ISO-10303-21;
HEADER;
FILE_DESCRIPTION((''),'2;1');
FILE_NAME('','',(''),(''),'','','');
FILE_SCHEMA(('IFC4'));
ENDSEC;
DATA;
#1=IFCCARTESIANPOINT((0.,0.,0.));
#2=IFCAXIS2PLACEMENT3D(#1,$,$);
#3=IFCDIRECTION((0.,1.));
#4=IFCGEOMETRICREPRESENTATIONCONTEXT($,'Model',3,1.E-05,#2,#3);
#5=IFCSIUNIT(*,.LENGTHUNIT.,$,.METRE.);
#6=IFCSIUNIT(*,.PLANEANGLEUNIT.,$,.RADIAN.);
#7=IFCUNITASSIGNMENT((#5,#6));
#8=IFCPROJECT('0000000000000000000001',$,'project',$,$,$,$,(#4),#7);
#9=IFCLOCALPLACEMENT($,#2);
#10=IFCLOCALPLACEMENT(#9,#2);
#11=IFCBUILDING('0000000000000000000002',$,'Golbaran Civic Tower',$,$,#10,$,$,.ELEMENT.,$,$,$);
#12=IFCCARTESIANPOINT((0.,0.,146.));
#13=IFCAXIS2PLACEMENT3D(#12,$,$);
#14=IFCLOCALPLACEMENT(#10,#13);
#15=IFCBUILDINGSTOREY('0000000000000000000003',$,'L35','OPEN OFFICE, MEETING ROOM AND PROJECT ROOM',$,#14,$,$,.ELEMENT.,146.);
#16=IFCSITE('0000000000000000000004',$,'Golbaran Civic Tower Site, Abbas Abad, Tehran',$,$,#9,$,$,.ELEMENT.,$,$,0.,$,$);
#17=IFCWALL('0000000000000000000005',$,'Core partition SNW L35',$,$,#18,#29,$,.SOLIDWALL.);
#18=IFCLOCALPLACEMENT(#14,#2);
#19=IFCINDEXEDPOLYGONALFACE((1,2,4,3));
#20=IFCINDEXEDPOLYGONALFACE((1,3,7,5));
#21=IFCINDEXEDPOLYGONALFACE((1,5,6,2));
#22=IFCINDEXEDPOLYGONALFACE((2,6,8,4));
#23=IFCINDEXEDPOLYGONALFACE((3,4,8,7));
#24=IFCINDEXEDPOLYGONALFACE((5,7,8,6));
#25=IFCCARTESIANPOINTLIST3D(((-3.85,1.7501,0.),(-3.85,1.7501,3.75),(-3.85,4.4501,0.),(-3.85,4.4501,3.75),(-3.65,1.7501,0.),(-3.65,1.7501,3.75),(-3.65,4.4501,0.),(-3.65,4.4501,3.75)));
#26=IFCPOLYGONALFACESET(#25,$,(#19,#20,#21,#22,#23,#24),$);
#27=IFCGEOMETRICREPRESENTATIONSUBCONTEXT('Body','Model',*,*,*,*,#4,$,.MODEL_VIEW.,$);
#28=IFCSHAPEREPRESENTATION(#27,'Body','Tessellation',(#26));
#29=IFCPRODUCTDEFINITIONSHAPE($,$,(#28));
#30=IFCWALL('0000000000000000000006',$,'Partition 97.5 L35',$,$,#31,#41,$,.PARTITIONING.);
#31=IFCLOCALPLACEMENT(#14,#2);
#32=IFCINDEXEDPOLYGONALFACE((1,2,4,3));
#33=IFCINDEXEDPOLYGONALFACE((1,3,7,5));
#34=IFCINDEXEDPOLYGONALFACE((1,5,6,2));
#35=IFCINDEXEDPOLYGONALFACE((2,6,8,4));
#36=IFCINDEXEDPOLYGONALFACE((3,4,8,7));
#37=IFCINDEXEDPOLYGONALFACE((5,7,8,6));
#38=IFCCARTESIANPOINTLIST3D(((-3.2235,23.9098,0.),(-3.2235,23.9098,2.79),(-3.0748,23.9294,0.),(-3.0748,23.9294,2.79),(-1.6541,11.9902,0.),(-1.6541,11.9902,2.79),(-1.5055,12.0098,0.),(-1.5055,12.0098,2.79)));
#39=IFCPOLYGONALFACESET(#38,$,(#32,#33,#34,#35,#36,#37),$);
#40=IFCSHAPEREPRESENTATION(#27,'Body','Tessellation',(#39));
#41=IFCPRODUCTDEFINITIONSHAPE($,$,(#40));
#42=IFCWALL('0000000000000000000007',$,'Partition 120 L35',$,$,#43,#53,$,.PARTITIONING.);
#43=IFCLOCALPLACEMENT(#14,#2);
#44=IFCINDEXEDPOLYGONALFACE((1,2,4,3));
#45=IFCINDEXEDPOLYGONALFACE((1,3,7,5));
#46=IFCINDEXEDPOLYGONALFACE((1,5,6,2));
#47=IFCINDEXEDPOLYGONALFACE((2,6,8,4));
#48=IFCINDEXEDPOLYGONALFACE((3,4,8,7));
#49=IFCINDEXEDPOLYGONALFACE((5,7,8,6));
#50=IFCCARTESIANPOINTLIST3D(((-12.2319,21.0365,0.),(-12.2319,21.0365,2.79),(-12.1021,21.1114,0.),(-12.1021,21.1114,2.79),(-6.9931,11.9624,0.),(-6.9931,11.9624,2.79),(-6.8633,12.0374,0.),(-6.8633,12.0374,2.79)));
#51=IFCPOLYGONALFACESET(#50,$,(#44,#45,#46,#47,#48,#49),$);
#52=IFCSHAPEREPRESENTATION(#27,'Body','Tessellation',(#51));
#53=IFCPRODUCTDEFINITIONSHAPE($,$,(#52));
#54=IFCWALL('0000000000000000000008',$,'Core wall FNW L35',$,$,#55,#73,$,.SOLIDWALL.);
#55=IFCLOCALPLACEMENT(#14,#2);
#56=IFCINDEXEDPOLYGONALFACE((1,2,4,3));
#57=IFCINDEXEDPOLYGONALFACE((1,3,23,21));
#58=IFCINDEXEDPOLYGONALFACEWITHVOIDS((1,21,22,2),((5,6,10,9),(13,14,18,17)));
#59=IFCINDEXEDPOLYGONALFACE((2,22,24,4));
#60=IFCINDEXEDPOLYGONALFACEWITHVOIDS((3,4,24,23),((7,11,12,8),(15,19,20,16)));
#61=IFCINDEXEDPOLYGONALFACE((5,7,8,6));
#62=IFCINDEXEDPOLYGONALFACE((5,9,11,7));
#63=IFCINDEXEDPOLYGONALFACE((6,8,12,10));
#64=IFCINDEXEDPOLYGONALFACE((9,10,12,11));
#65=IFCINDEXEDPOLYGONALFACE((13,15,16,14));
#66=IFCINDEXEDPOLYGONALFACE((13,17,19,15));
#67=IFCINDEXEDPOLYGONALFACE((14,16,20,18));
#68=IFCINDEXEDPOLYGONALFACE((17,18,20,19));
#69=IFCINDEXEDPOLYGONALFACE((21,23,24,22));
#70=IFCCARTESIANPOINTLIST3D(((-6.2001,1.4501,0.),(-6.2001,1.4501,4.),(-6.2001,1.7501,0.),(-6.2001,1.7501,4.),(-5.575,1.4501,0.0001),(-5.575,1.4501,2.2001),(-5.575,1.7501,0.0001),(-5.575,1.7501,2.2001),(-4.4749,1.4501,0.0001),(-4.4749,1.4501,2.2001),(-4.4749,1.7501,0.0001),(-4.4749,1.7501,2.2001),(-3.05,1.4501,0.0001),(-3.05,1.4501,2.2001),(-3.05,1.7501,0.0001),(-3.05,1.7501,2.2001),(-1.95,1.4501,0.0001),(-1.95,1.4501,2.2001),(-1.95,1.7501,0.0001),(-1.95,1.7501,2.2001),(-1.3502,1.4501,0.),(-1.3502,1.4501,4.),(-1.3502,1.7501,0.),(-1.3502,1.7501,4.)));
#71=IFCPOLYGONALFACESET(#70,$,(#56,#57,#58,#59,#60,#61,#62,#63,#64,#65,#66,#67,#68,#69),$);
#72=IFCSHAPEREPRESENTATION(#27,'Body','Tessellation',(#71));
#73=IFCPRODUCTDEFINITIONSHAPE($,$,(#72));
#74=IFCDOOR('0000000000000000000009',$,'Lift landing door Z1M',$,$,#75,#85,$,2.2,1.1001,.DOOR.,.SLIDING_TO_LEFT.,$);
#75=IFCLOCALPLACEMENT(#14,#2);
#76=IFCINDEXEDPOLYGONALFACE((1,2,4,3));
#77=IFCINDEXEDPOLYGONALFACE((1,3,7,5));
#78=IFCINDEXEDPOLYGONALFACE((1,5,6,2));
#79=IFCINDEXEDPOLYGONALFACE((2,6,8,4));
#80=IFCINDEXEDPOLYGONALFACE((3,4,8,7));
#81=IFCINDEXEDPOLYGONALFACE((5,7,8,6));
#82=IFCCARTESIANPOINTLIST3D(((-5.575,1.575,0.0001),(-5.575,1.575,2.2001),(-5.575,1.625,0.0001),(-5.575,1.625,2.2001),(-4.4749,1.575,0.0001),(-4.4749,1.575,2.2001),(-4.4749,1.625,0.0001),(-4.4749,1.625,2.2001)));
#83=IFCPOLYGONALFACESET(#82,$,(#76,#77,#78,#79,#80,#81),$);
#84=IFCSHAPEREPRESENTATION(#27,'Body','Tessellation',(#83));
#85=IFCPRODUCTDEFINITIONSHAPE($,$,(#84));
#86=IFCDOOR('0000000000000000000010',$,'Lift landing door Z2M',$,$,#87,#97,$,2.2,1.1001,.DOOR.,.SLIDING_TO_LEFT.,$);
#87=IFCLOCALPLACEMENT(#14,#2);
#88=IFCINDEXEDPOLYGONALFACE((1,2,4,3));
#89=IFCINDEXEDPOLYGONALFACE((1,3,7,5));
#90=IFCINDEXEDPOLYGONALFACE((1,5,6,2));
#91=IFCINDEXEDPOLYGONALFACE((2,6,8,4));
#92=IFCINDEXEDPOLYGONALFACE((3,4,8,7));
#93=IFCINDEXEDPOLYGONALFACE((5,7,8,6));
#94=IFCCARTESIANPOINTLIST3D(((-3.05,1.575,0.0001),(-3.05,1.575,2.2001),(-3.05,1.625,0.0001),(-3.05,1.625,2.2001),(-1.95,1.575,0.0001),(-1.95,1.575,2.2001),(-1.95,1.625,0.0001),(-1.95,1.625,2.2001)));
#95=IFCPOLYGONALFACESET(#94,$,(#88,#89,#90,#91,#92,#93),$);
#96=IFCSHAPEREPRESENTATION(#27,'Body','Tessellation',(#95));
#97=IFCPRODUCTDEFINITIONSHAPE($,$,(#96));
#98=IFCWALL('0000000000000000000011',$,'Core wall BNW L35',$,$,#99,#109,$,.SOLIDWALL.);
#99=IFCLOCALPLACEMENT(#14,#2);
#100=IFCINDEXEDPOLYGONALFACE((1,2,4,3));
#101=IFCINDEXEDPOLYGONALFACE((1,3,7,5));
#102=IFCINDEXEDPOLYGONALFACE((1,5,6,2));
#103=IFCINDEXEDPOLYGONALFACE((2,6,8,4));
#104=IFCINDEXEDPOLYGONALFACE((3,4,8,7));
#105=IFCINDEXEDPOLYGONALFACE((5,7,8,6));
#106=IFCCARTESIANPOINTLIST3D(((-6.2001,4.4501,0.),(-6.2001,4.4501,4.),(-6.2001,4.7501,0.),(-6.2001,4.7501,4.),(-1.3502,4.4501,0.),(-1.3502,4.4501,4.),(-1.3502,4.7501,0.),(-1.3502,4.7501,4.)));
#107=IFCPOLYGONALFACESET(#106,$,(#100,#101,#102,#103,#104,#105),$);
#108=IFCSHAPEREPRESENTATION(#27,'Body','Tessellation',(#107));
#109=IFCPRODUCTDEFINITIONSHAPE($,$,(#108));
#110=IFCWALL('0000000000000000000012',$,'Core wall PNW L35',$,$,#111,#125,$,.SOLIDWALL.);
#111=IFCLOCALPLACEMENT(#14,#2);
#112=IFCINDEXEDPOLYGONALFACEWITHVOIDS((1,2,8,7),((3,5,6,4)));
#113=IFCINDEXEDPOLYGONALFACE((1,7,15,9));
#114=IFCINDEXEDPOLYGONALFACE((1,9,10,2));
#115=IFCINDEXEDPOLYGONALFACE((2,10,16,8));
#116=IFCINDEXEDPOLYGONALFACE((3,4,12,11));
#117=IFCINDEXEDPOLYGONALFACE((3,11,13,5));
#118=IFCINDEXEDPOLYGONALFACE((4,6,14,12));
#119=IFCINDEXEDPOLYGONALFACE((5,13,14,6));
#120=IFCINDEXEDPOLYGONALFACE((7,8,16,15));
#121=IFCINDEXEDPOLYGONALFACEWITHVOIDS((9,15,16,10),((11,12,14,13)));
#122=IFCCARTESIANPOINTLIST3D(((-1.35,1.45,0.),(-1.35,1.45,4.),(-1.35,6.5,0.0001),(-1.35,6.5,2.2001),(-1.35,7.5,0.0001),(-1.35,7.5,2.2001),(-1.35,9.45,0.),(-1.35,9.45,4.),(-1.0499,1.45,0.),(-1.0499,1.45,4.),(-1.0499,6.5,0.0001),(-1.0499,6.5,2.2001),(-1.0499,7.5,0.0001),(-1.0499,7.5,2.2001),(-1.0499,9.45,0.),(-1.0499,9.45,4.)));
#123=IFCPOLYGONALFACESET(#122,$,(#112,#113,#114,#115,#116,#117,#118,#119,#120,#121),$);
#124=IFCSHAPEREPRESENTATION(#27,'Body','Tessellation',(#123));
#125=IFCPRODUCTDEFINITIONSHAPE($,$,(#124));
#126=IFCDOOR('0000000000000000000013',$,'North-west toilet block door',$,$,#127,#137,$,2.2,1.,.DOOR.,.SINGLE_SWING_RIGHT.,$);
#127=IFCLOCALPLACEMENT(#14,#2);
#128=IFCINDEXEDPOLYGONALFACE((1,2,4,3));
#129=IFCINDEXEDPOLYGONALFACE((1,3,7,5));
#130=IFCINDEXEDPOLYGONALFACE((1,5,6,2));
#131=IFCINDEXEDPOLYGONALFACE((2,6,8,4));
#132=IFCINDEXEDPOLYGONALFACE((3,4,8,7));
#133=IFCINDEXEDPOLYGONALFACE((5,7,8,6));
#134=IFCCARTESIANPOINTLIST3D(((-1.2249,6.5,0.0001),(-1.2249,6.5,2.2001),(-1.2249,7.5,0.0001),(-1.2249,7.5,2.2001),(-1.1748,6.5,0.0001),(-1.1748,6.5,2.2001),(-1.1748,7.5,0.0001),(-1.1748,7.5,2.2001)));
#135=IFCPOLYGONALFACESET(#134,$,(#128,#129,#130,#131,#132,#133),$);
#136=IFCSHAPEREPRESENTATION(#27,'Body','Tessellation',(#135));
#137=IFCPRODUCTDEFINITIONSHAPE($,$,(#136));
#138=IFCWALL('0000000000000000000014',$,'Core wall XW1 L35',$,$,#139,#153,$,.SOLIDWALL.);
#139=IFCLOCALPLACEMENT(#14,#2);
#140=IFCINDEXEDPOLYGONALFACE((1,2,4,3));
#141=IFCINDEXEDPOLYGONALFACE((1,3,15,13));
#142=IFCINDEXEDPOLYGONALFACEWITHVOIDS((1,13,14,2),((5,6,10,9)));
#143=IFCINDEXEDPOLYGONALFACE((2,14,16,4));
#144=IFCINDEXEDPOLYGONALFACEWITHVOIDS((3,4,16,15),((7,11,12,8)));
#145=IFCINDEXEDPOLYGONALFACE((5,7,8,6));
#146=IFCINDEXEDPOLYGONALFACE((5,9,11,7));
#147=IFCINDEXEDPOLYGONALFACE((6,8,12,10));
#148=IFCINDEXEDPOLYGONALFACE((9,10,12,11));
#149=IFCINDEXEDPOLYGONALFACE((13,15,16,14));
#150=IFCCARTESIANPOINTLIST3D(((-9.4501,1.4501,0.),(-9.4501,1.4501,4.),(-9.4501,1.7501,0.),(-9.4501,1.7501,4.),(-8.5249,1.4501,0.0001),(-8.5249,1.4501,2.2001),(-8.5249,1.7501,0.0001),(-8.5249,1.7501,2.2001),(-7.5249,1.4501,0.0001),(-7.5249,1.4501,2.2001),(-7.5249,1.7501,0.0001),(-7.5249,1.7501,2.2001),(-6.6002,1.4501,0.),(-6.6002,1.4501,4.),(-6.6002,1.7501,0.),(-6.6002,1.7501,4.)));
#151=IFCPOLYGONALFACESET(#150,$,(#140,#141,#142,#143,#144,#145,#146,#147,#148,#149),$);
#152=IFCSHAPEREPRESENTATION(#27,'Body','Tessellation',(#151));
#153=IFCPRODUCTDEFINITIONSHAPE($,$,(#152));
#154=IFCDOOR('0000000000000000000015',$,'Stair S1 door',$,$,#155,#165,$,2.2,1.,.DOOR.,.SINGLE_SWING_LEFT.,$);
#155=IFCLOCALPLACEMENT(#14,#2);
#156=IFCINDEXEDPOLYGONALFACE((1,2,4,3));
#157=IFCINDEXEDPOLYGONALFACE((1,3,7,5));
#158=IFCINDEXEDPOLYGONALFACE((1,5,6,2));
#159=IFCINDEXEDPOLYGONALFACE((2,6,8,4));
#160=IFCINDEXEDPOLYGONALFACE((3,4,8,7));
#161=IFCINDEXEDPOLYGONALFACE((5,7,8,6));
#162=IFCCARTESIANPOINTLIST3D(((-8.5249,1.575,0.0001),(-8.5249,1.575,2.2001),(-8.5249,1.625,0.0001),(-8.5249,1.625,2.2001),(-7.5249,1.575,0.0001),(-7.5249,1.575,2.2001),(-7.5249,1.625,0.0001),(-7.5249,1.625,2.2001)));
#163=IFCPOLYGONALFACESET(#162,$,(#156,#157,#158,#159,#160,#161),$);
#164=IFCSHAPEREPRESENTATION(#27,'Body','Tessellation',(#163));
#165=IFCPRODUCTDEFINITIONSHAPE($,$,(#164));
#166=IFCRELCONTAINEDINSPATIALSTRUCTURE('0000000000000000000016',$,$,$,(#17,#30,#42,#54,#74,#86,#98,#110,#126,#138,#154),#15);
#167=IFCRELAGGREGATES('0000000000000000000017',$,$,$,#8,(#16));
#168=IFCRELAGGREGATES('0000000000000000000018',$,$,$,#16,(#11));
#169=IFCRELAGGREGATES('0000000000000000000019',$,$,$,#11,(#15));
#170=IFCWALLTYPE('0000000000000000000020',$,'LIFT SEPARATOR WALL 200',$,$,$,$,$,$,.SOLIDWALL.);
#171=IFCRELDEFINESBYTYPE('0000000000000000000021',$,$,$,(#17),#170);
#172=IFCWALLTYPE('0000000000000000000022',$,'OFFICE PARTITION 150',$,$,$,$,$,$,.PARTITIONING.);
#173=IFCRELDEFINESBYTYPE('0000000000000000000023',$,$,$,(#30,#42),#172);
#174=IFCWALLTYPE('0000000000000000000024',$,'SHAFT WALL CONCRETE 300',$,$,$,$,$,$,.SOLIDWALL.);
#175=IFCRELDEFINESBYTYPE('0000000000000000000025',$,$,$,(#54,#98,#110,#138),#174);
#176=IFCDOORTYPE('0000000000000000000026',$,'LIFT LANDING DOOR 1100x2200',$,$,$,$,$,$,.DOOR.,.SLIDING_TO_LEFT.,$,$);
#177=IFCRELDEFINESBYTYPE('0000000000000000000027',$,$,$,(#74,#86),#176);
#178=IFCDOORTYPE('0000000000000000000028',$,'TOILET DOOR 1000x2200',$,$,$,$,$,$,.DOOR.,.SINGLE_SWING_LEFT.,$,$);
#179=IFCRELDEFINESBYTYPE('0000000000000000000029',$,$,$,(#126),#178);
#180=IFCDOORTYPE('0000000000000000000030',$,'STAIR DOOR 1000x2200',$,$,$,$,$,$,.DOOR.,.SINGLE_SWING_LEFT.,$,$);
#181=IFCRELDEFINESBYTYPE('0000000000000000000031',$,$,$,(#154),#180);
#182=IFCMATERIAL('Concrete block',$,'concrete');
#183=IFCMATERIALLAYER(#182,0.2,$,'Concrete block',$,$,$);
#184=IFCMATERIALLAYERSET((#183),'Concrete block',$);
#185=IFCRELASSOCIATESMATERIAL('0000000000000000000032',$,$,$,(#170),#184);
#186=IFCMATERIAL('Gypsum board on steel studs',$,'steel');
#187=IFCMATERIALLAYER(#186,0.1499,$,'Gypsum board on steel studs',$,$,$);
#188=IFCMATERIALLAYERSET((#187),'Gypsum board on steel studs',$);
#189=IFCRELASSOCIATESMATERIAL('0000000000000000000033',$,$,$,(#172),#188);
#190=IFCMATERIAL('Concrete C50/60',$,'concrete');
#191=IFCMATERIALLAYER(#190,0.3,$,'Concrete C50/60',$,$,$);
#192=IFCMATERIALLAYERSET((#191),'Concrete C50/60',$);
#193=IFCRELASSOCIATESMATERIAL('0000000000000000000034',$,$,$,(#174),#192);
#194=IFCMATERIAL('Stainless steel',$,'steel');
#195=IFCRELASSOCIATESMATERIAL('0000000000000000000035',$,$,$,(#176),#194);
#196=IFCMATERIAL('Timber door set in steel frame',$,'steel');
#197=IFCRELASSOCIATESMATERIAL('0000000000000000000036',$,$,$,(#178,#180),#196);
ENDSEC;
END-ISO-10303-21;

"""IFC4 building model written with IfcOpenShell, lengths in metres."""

from ifc_helpers import new_model, si_unit, direction, frame, frame_2d, origin, place, context, subcontext, project, spatial, rectangle, extrude, material, layer, layer_set, type_object, element, fill, save


model = new_model("IFC4")

# Units and contexts
model_context = context("Model", 3, precision=1e-05, world=origin(), true_north=direction((0.0, 1.0)))
body_context = subcontext(model_context, "Body", "Model", "MODEL_VIEW")
ifc_project = project(units=[si_unit("LENGTHUNIT", "METRE"), si_unit("PLANEANGLEUNIT", "RADIAN")], contexts=[model_context])

# Site, building, storey
site_placement = place(None, origin())
site = spatial("IfcSite", under=ifc_project, at=site_placement, Name="Golbaran Civic Tower Site, Abbas Abad, Tehran", CompositionType="ELEMENT", RefElevation=0.0)
building_placement = place(site_placement, origin())
building = spatial("IfcBuilding", under=site, at=building_placement, Name="Golbaran Civic Tower", CompositionType="ELEMENT")
storey_placement = place(building_placement, frame((0.0, 0.0, 146.0)))
storey = spatial("IfcBuildingStorey", under=building, at=storey_placement, Name="L35", Description="OPEN OFFICE, MEETING ROOM AND PROJECT ROOM", CompositionType="ELEMENT", Elevation=146.0)

# Shared definitions
ifc_material_1 = material(Name="Timber door set in steel frame", Category="steel")

# Walls
ifc_material_2 = material(Name="Concrete block", Category="concrete")
ifc_layer_1 = layer(ifc_material_2, 0.2, Name="Concrete block")
ifc_layer_set_1 = layer_set([ifc_layer_1], Name="Concrete block")
wall_type_1 = type_object("IfcWallType", Name="LIFT SEPARATOR WALL 200", PredefinedType="SOLIDWALL", material=ifc_layer_set_1)
wall_1_placement = place(storey_placement, frame((-3.75, 1.75, 0.0), z_axis=(0.0, 0.0, 1.0), x_axis=(0.0, 1.0, 0.0)))
element("IfcWall", 1, at=wall_1_placement, inside=storey, type_object=wall_type_1, Name="Core partition SNW L35", PredefinedType="SOLIDWALL", context=body_context, shape_type="SweptSolid", body=[
    extrude(rectangle(XDim=2.7, YDim=0.2, at=frame_2d((1.3501, 0.0))), origin(), (0.0, 0.0, 1.0), 3.75),
])
ifc_material_3 = material(Name="Gypsum board on steel studs", Category="steel")
ifc_layer_2 = layer(ifc_material_3, 0.1499, Name="Gypsum board on steel studs")
ifc_layer_set_2 = layer_set([ifc_layer_2], Name="Gypsum board on steel studs")
wall_type_2 = type_object("IfcWallType", Name="OFFICE PARTITION 150", PredefinedType="PARTITIONING", material=ifc_layer_set_2)
wall_2_placement = place(storey_placement, frame((-1.5798, 12.0, 0.0), z_axis=(0.0, 0.0, 1.0), x_axis=(-0.130533, 0.991444, 0.0)))
element("IfcWall", 2, at=wall_2_placement, inside=storey, type_object=wall_type_2, Name="Partition 97.5 L35", PredefinedType="PARTITIONING", context=body_context, shape_type="SweptSolid", body=[
    extrude(rectangle(XDim=12.0225, YDim=0.1499, at=frame_2d((6.0112, 0.0))), origin(), (0.0, 0.0, 1.0), 2.79),
])
wall_3_placement = place(storey_placement, frame((-6.9282, 12.0, 0.0), z_axis=(0.0, 0.0, 1.0), x_axis=(-0.499993, 0.866029, 0.0)))
element("IfcWall", 3, at=wall_3_placement, inside=storey, type_object=wall_type_2, Name="Partition 120 L35", PredefinedType="PARTITIONING", context=body_context, shape_type="SweptSolid", body=[
    extrude(rectangle(XDim=10.4778, YDim=0.1499, at=frame_2d((5.2388, 0.0))), origin(), (0.0, 0.0, 1.0), 2.79),
])

# Wall, openings, doors
ifc_material_4 = material(Name="Concrete C50/60", Category="concrete")
ifc_layer_3 = layer(ifc_material_4, 0.3, Name="Concrete C50/60")
ifc_layer_set_3 = layer_set([ifc_layer_3], Name="Concrete C50/60")
wall_type_3 = type_object("IfcWallType", Name="SHAFT WALL CONCRETE 300", PredefinedType="SOLIDWALL", material=ifc_layer_set_3)
wall_4_placement = place(storey_placement, frame((-6.2, 1.6001, 0.0), z_axis=(0.0, 0.0, 1.0), x_axis=(1.0, 0.0, 0.0)))
wall_4 = element("IfcWall", 4, at=wall_4_placement, inside=storey, type_object=wall_type_3, Name="Core wall FNW L35", PredefinedType="SOLIDWALL", context=body_context, shape_type="SweptSolid", body=[
    extrude(rectangle(XDim=4.8499, YDim=0.3, at=frame_2d((2.4248, 0.0))), origin(), (0.0, 0.0, 1.0), 4.0),
])
opening_1_placement = place(wall_4_placement, frame((0.625, 0.0, 0.0)))
opening_1 = element("IfcOpeningElement", 5, at=opening_1_placement, cuts=wall_4, PredefinedType="OPENING", context=body_context, shape_type="SweptSolid", body=[
    extrude(rectangle(XDim=1.1001, YDim=2.2, at=frame_2d((0.55, 1.1001))), frame((0.0, 0.1599, 0.0), z_axis=(0.0, -1.0, 0.0), x_axis=(1.0, 0.0, 0.0)), (0.0, 0.0, 1.0), 0.3201),
])
opening_2_placement = place(wall_4_placement, frame((3.1499, 0.0, 0.0)))
opening_2 = element("IfcOpeningElement", 6, at=opening_2_placement, cuts=wall_4, PredefinedType="OPENING", context=body_context, shape_type="SweptSolid", body=[
    extrude(rectangle(XDim=1.1001, YDim=2.2, at=frame_2d((0.55, 1.1001))), frame((0.0, 0.1599, 0.0), z_axis=(0.0, -1.0, 0.0), x_axis=(1.0, 0.0, 0.0)), (0.0, 0.0, 1.0), 0.3201),
])
ifc_material_5 = material(Name="Stainless steel", Category="steel")
door_type_1 = type_object("IfcDoorType", Name="LIFT LANDING DOOR 1100x2200", OperationType="SLIDING_TO_LEFT", PredefinedType="DOOR", material=ifc_material_5)
door_1_placement = place(opening_1_placement, origin())
door_1 = element("IfcDoor", 7, at=door_1_placement, inside=storey, type_object=door_type_1, Name="Lift landing door Z1M", OperationType="SLIDING_TO_LEFT", OverallHeight=2.2, OverallWidth=1.1001, PredefinedType="DOOR", context=body_context, shape_type="SweptSolid", body=[
    extrude(rectangle(XDim=1.1001, YDim=2.2, at=frame_2d((0.55, 1.1001))), frame((0.0, 0.0249, 0.0), z_axis=(0.0, -1.0, 0.0), x_axis=(1.0, 0.0, 0.0)), (0.0, 0.0, 1.0), 0.05),
])
fill(opening_1, door_1)
door_2_placement = place(opening_2_placement, origin())
door_2 = element("IfcDoor", 8, at=door_2_placement, inside=storey, type_object=door_type_1, Name="Lift landing door Z2M", OperationType="SLIDING_TO_LEFT", OverallHeight=2.2, OverallWidth=1.1001, PredefinedType="DOOR", context=body_context, shape_type="SweptSolid", body=[
    extrude(rectangle(XDim=1.1001, YDim=2.2, at=frame_2d((0.55, 1.1001))), frame((0.0, 0.0249, 0.0), z_axis=(0.0, -1.0, 0.0), x_axis=(1.0, 0.0, 0.0)), (0.0, 0.0, 1.0), 0.05),
])
fill(opening_2, door_2)

# Wall
wall_5_placement = place(storey_placement, frame((-6.2, 4.6001, 0.0), z_axis=(0.0, 0.0, 1.0), x_axis=(1.0, 0.0, 0.0)))
element("IfcWall", 9, at=wall_5_placement, inside=storey, type_object=wall_type_3, Name="Core wall BNW L35", PredefinedType="SOLIDWALL", context=body_context, shape_type="SweptSolid", body=[
    extrude(rectangle(XDim=4.8499, YDim=0.3, at=frame_2d((2.4248, 0.0))), origin(), (0.0, 0.0, 1.0), 4.0),
])

# Walls, openings, doors
wall_6_placement = place(storey_placement, frame((-1.2, 1.45, 0.0), z_axis=(0.0, 0.0, 1.0), x_axis=(0.0, 1.0, 0.0)))
wall_6 = element("IfcWall", 10, at=wall_6_placement, inside=storey, type_object=wall_type_3, Name="Core wall PNW L35", PredefinedType="SOLIDWALL", context=body_context, shape_type="SweptSolid", body=[
    extrude(rectangle(XDim=8.0, YDim=0.3, at=frame_2d((4.0, 0.0))), origin(), (0.0, 0.0, 1.0), 4.0),
])
opening_3_placement = place(wall_6_placement, frame((5.05, 0.0, 0.0)))
opening_3 = element("IfcOpeningElement", 11, at=opening_3_placement, cuts=wall_6, PredefinedType="OPENING", context=body_context, shape_type="SweptSolid", body=[
    extrude(rectangle(XDim=1.0, YDim=2.2, at=frame_2d((0.5, 1.1001))), frame((0.0, 0.1599, 0.0), z_axis=(0.0, -1.0, 0.0), x_axis=(1.0, 0.0, 0.0)), (0.0, 0.0, 1.0), 0.3201),
])
door_type_2 = type_object("IfcDoorType", Name="TOILET DOOR 1000x2200", OperationType="SINGLE_SWING_LEFT", PredefinedType="DOOR", material=ifc_material_1)
door_3_placement = place(opening_3_placement, origin())
door_3 = element("IfcDoor", 12, at=door_3_placement, inside=storey, type_object=door_type_2, Name="North-west toilet block door", OperationType="SINGLE_SWING_RIGHT", OverallHeight=2.2, OverallWidth=1.0, PredefinedType="DOOR", context=body_context, shape_type="SweptSolid", body=[
    extrude(rectangle(XDim=1.0, YDim=2.2, at=frame_2d((0.5, 1.1001))), frame((0.0, 0.0249, 0.0), z_axis=(0.0, -1.0, 0.0), x_axis=(1.0, 0.0, 0.0)), (0.0, 0.0, 1.0), 0.05),
])
fill(opening_3, door_3)
wall_7_placement = place(storey_placement, frame((-9.45, 1.6001, 0.0), z_axis=(0.0, 0.0, 1.0), x_axis=(1.0, 0.0, 0.0)))
wall_7 = element("IfcWall", 13, at=wall_7_placement, inside=storey, type_object=wall_type_3, Name="Core wall XW1 L35", PredefinedType="SOLIDWALL", context=body_context, shape_type="SweptSolid", body=[
    extrude(rectangle(XDim=2.8499, YDim=0.3, at=frame_2d((1.4248, 0.0))), origin(), (0.0, 0.0, 1.0), 4.0),
])
opening_4_placement = place(wall_7_placement, frame((0.925, 0.0, 0.0)))
opening_4 = element("IfcOpeningElement", 14, at=opening_4_placement, cuts=wall_7, PredefinedType="OPENING", context=body_context, shape_type="SweptSolid", body=[
    extrude(rectangle(XDim=1.0, YDim=2.2, at=frame_2d((0.5, 1.1001))), frame((0.0, 0.1599, 0.0), z_axis=(0.0, -1.0, 0.0), x_axis=(1.0, 0.0, 0.0)), (0.0, 0.0, 1.0), 0.3201),
])
door_type_3 = type_object("IfcDoorType", Name="STAIR DOOR 1000x2200", OperationType="SINGLE_SWING_LEFT", PredefinedType="DOOR", material=ifc_material_1)
door_4_placement = place(opening_4_placement, origin())
door_4 = element("IfcDoor", 15, at=door_4_placement, inside=storey, type_object=door_type_3, Name="Stair S1 door", OperationType="SINGLE_SWING_LEFT", OverallHeight=2.2, OverallWidth=1.0, PredefinedType="DOOR", context=body_context, shape_type="SweptSolid", body=[
    extrude(rectangle(XDim=1.0, YDim=2.2, at=frame_2d((0.5, 1.1001))), frame((0.0, 0.0249, 0.0), z_axis=(0.0, -1.0, 0.0), x_axis=(1.0, 0.0, 0.0)), (0.0, 0.0, 1.0), 0.05),
])
fill(opening_4, door_4)

save(model, "model.ifc")
